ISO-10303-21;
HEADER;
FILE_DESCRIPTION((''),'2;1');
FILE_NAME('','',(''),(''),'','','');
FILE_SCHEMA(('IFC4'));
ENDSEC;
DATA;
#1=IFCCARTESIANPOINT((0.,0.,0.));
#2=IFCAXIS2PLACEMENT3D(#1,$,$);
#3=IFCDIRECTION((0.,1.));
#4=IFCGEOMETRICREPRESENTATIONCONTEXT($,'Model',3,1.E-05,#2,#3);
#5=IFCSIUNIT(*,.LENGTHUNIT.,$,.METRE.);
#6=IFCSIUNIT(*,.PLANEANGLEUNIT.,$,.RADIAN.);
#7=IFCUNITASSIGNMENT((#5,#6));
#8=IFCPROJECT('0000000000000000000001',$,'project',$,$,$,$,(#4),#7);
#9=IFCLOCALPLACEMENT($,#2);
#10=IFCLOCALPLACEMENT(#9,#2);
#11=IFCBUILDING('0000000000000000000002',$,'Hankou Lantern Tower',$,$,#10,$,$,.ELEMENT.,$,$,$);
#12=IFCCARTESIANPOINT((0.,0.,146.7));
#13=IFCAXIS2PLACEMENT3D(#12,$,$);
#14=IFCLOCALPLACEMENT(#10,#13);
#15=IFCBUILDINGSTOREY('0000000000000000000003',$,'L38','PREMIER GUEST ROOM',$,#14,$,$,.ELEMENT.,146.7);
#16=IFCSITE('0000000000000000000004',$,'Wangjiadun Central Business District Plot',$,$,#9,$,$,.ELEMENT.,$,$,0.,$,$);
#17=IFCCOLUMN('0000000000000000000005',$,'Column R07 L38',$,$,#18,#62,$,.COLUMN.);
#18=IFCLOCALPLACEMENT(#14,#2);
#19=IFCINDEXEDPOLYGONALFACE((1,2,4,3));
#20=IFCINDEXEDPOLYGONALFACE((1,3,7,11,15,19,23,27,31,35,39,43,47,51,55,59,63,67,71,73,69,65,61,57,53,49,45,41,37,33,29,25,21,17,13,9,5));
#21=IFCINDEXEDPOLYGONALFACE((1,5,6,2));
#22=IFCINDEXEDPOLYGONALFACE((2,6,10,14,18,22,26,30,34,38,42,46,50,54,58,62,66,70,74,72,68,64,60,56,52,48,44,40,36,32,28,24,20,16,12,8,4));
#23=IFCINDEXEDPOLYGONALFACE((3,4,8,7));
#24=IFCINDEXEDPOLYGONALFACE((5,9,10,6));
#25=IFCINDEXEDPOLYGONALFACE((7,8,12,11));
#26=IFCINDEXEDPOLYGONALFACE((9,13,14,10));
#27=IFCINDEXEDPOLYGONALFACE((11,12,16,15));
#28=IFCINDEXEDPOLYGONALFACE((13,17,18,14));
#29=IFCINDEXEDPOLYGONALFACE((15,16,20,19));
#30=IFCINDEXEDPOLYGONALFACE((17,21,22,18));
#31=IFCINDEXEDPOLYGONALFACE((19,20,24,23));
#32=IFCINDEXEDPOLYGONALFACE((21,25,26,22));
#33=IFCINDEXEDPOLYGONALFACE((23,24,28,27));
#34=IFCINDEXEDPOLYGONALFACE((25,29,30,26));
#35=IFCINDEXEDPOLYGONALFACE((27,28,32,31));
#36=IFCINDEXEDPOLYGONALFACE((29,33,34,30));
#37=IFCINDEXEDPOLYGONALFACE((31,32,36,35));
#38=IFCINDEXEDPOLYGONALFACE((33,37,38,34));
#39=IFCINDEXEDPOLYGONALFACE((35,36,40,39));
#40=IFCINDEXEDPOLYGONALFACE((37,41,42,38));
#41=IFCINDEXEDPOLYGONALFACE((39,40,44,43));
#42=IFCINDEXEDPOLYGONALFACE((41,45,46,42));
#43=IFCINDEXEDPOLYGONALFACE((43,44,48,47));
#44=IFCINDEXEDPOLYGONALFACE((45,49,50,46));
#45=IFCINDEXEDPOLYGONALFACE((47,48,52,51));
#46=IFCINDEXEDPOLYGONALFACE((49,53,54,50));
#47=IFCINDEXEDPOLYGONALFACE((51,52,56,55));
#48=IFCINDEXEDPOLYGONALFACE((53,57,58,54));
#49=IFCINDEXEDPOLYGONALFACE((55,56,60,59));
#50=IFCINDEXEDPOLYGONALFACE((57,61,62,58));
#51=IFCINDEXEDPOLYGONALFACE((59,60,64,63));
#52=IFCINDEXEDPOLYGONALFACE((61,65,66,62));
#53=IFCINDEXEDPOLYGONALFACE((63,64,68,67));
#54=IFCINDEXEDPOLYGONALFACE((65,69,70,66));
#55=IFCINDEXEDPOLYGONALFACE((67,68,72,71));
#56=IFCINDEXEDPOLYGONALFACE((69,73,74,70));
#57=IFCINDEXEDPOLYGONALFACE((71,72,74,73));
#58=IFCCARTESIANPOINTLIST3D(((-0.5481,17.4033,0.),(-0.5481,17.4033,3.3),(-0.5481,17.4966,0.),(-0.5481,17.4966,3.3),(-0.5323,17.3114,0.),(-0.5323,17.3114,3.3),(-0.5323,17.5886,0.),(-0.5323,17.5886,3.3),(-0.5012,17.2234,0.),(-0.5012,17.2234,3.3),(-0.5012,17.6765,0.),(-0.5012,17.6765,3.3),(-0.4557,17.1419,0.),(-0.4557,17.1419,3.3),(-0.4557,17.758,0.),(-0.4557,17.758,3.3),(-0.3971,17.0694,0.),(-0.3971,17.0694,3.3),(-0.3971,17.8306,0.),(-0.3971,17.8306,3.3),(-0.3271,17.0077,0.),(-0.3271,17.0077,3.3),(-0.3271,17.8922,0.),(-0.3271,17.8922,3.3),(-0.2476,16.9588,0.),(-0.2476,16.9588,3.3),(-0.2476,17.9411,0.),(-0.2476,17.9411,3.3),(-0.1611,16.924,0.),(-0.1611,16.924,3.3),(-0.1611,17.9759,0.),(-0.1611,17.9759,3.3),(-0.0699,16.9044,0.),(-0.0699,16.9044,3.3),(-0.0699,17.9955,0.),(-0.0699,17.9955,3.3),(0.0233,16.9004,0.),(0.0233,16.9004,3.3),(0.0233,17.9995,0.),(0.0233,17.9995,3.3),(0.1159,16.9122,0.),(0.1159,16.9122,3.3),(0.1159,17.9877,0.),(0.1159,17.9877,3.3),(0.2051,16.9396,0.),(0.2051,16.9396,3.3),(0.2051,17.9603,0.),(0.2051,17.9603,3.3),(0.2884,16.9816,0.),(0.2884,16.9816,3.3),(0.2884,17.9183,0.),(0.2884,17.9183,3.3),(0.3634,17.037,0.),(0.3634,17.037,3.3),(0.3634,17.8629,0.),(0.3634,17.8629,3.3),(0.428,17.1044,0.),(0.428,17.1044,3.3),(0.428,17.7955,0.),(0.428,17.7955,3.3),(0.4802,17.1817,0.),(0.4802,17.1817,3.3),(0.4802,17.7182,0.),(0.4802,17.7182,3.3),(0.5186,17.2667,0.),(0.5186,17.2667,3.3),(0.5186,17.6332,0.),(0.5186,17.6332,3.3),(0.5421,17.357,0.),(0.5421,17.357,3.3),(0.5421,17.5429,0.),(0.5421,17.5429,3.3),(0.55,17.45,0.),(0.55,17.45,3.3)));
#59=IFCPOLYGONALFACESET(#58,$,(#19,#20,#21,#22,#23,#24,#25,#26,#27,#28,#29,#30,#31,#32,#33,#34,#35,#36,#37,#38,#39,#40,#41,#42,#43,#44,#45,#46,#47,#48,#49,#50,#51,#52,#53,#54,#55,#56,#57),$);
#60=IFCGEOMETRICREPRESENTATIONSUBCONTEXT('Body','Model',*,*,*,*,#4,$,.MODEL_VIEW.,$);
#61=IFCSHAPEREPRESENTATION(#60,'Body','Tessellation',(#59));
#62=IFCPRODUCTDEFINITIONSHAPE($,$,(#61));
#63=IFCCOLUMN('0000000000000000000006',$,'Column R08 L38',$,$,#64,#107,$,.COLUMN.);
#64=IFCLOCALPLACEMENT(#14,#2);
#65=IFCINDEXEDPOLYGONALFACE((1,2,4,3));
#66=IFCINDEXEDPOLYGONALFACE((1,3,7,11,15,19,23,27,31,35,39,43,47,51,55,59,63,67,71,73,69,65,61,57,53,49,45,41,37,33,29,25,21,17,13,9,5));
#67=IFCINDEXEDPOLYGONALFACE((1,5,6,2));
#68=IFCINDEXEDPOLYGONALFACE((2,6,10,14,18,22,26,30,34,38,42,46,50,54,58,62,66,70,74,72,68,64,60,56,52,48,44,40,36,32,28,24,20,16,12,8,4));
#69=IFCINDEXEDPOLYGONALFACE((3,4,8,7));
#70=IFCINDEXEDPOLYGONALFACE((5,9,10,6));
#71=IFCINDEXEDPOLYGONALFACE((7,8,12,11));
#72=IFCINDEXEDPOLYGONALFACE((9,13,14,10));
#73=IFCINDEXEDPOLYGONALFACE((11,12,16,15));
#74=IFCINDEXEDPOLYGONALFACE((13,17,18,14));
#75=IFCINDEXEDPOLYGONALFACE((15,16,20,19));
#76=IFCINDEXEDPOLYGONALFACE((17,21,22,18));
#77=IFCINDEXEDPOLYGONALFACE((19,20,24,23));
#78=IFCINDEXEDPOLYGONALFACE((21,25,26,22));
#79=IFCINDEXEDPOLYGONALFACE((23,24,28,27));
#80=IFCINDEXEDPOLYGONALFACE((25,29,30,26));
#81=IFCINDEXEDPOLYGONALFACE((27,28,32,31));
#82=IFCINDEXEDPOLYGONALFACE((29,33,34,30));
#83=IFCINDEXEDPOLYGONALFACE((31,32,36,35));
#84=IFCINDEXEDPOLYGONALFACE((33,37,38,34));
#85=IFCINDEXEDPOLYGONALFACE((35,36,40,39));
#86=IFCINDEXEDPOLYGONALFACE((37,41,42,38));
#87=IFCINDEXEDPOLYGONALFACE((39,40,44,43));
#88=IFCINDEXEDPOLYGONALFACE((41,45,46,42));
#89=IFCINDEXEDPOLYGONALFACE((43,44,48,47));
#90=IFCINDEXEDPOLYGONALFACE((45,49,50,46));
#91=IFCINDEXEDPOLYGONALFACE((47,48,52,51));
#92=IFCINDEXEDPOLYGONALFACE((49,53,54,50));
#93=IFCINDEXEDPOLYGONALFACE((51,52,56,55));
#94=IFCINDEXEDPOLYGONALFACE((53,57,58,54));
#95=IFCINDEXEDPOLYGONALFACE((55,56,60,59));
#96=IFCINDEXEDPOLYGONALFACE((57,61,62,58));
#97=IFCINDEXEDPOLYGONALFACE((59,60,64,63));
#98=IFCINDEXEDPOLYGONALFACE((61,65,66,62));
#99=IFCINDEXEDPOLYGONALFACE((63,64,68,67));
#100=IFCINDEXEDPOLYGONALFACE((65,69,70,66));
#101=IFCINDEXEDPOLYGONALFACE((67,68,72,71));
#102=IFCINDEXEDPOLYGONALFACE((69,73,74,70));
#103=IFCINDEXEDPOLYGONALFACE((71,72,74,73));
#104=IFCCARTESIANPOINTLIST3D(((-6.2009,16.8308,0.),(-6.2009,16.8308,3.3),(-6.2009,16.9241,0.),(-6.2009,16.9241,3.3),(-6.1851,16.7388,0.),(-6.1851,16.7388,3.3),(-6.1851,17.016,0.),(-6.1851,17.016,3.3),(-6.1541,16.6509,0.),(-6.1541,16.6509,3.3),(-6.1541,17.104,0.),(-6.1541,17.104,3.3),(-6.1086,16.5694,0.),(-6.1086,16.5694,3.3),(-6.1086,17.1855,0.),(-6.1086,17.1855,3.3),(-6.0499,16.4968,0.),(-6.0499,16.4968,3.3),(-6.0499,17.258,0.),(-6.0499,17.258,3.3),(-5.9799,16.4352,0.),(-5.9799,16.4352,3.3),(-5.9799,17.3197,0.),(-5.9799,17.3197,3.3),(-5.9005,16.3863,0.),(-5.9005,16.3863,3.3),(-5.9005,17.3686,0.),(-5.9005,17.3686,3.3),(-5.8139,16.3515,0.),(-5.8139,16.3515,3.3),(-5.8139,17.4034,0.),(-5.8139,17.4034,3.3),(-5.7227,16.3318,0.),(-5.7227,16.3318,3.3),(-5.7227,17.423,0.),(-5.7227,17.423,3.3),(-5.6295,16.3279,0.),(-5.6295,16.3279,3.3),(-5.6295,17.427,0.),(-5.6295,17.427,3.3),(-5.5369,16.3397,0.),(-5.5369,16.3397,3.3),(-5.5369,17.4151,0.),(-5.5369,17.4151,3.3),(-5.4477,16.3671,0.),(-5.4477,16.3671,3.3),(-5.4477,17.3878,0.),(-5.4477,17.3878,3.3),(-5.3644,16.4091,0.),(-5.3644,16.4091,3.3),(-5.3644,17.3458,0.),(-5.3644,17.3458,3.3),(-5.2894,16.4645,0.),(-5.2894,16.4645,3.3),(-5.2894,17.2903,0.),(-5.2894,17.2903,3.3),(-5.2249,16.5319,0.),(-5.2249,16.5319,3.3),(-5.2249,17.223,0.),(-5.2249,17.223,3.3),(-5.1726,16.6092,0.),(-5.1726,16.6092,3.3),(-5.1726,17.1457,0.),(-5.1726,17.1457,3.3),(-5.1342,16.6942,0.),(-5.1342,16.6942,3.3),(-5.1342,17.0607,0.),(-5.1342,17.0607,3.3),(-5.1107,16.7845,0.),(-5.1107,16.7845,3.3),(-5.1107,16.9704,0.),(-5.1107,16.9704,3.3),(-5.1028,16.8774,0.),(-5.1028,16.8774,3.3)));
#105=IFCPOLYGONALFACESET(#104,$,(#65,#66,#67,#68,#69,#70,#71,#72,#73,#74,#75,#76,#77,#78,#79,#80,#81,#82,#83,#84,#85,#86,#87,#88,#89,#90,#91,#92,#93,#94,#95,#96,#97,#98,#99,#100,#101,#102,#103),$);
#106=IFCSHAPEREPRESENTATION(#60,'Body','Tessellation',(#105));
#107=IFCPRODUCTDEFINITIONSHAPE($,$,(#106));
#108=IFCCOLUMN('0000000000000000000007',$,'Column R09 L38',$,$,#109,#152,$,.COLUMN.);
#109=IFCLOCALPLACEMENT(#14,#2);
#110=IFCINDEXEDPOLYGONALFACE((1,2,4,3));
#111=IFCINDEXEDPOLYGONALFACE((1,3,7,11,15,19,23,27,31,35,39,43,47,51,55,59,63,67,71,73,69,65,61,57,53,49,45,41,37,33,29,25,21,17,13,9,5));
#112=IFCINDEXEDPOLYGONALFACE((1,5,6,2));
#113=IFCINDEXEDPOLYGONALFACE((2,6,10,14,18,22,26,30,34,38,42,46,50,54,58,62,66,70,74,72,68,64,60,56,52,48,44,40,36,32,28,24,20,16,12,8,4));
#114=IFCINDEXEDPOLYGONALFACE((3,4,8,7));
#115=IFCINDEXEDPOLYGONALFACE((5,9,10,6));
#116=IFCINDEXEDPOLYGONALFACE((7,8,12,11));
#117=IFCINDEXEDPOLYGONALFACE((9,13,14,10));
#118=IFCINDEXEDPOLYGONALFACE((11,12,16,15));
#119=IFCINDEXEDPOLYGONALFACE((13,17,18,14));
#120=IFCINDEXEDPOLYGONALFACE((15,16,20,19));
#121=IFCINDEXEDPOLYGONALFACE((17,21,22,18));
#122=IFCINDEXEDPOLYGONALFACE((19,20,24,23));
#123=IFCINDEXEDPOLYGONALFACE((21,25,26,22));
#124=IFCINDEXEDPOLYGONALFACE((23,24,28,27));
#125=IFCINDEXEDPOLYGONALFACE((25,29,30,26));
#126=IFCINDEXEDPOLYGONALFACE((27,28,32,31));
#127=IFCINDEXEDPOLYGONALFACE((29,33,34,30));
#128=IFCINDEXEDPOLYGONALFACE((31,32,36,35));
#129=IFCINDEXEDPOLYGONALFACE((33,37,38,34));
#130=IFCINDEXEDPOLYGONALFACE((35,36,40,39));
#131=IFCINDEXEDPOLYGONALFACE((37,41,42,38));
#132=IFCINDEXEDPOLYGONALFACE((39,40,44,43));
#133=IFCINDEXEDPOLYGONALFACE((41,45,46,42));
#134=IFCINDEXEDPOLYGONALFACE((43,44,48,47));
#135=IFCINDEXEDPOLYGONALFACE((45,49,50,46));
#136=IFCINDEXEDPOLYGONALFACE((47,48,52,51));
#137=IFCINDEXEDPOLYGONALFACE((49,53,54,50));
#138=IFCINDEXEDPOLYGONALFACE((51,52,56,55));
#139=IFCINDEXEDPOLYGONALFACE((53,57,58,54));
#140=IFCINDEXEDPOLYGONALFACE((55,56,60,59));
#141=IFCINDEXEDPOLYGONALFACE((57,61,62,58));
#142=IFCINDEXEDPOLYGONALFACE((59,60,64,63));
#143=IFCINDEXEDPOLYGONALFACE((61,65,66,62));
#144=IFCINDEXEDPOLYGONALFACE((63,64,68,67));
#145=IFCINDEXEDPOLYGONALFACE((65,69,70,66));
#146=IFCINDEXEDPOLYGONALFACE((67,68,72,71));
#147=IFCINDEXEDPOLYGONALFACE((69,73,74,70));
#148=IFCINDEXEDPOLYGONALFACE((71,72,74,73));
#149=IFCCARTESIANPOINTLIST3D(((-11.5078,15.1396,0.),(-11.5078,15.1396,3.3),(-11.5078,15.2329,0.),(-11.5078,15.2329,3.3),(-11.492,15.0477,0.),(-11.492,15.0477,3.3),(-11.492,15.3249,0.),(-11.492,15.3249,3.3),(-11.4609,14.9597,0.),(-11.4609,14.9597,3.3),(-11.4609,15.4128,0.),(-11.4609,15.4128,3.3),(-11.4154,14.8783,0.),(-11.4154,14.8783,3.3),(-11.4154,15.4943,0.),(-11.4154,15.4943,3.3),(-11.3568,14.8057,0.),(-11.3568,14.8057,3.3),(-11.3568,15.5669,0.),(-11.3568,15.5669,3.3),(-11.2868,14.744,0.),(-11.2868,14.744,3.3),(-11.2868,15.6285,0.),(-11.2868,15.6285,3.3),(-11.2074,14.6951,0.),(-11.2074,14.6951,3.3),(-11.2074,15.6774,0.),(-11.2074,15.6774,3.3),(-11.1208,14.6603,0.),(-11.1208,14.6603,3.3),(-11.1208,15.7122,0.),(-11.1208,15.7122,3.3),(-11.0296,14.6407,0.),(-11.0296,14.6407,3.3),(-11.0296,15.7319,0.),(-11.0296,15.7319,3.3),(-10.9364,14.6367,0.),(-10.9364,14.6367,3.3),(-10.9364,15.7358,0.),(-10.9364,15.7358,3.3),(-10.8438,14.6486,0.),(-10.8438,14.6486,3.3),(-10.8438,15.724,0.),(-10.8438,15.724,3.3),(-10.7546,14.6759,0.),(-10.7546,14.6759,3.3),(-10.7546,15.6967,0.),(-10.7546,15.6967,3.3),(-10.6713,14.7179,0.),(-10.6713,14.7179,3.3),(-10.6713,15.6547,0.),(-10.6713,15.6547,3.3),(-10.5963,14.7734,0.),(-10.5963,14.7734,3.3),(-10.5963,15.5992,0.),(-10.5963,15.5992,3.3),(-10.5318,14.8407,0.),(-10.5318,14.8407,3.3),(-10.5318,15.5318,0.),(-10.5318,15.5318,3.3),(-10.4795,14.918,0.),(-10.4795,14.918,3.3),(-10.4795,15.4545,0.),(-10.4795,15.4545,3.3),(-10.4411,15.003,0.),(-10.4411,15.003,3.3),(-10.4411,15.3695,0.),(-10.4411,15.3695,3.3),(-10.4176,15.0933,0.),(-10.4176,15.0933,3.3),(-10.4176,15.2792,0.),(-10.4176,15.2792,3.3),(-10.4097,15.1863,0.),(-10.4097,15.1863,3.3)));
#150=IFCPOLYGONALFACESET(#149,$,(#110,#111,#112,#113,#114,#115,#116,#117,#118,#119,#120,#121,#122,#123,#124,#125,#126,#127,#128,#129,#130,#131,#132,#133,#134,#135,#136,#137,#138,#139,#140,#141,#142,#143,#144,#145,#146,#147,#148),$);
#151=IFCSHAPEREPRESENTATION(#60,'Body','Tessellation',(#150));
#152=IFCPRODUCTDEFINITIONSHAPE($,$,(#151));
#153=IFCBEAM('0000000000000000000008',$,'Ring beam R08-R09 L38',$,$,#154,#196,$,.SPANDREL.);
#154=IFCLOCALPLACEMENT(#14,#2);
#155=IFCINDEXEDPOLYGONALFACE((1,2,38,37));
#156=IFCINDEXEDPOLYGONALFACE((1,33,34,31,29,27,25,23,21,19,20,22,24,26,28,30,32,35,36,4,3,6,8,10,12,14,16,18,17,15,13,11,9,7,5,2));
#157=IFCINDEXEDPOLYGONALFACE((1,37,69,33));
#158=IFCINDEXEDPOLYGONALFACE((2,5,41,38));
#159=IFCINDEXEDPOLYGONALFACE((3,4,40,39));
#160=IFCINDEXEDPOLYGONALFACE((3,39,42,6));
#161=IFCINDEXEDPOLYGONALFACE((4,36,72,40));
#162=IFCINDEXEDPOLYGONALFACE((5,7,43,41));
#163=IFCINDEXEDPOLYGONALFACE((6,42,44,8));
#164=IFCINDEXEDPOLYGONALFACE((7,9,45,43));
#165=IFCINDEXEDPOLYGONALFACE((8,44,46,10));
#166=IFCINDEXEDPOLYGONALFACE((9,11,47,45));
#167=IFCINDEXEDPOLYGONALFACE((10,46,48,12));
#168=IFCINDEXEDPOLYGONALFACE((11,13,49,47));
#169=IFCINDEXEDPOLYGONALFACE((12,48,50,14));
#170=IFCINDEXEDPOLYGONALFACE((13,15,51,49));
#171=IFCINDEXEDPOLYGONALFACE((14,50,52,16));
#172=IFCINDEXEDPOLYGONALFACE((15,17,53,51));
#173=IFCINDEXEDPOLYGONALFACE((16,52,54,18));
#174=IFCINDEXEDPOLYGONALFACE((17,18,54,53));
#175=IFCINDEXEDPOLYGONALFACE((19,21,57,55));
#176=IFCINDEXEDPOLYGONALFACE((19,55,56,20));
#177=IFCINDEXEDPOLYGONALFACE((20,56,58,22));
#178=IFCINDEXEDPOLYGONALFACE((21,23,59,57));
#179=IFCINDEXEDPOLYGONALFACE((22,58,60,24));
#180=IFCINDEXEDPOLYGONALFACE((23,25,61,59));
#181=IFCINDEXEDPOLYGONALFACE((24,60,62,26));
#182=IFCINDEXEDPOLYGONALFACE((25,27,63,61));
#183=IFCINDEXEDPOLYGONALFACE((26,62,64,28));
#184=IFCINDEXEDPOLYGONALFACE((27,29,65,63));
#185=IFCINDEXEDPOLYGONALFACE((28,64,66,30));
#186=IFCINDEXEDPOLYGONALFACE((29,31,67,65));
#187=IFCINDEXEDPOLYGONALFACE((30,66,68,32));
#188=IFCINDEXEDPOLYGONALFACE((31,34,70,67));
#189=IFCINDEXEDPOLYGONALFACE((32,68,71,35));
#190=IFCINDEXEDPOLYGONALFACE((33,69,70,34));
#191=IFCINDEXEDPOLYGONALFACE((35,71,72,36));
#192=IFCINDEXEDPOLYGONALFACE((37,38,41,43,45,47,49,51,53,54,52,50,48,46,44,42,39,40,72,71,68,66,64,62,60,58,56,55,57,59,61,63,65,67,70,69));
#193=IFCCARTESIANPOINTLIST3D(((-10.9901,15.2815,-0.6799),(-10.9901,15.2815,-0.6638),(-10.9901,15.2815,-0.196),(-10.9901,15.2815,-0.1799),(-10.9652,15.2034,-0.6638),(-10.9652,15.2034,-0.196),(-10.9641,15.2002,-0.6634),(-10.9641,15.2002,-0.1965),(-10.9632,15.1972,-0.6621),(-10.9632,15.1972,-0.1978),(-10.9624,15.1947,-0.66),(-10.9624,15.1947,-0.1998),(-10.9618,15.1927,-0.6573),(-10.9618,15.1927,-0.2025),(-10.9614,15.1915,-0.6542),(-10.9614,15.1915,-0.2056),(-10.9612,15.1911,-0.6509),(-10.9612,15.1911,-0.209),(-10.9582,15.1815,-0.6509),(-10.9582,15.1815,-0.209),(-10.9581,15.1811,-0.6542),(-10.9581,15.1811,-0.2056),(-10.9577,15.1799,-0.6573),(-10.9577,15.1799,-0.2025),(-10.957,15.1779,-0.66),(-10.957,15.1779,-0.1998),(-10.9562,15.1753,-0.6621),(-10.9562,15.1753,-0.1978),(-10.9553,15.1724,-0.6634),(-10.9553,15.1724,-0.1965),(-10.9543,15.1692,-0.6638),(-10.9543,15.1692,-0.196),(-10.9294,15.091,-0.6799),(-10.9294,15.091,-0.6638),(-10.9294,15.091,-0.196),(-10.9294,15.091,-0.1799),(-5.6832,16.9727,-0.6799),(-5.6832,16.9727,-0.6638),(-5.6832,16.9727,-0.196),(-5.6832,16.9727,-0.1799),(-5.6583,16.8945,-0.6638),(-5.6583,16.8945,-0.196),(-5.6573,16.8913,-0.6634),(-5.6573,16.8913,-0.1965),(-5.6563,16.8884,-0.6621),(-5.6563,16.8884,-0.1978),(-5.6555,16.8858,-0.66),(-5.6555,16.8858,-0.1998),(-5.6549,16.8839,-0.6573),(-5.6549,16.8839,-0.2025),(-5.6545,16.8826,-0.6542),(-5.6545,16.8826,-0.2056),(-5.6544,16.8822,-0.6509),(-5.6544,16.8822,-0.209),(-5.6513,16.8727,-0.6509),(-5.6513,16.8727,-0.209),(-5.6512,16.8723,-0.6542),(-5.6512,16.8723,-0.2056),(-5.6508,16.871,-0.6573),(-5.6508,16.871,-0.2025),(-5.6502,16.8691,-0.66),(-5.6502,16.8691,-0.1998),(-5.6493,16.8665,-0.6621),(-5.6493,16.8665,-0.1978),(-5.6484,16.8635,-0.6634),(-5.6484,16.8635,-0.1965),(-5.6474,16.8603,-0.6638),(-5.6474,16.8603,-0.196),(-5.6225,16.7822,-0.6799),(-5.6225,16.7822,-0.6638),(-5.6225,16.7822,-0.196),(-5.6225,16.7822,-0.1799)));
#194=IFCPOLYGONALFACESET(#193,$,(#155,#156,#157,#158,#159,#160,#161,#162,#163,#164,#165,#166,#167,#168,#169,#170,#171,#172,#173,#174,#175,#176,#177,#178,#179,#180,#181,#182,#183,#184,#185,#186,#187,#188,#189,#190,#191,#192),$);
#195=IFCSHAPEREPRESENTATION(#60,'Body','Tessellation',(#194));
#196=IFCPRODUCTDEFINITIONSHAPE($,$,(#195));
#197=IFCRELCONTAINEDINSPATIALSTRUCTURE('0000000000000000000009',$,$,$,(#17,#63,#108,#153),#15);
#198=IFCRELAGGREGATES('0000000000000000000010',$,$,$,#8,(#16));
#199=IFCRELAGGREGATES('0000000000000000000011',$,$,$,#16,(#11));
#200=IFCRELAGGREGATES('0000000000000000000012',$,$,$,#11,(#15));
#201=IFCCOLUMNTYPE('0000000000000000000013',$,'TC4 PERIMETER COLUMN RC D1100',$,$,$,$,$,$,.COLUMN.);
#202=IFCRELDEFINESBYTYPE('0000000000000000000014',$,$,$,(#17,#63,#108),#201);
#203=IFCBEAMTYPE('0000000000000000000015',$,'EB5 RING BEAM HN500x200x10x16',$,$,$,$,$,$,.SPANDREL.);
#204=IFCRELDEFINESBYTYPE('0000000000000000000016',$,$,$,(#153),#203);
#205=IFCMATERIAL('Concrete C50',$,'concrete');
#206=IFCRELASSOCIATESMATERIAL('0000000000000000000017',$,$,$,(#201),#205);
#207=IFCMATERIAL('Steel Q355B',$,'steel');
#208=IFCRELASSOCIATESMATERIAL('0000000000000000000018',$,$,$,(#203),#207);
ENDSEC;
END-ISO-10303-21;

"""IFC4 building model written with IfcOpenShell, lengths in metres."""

from ifc_helpers import new_model, si_unit, direction, frame, origin, origin_2d, place, context, subcontext, project, spatial, circle, i_section, extrude, material, material_profile, profile_set, type_object, element, save


model = new_model("IFC4")

# Units and contexts
model_context = context("Model", 3, precision=1e-05, world=origin(), true_north=direction((0.0, 1.0)))
body_context = subcontext(model_context, "Body", "Model", "MODEL_VIEW")
ifc_project = project(units=[si_unit("LENGTHUNIT", "METRE"), si_unit("PLANEANGLEUNIT", "RADIAN")], contexts=[model_context])

# Site, building, storey
site_placement = place(None, origin())
site = spatial("IfcSite", under=ifc_project, at=site_placement, Name="Wangjiadun Central Business District Plot", CompositionType="ELEMENT", RefElevation=0.0)
building_placement = place(site_placement, origin())
building = spatial("IfcBuilding", under=site, at=building_placement, Name="Hankou Lantern Tower", CompositionType="ELEMENT")
storey_placement = place(building_placement, frame((0.0, 0.0, 146.7)))
storey = spatial("IfcBuildingStorey", under=building, at=storey_placement, Name="L38", Description="PREMIER GUEST ROOM", CompositionType="ELEMENT", Elevation=146.7)

# Columns
ifc_material_1 = material(Name="Concrete C50", Category="concrete")
ifc_material_profile_1 = material_profile(ifc_material_1, circle(Radius=0.55, at=origin_2d()), Name="RC D1100")
ifc_profile_set_1 = profile_set([ifc_material_profile_1], Name="Concrete C50")
column_type = type_object("IfcColumnType", Name="TC4 PERIMETER COLUMN RC D1100", PredefinedType="COLUMN", material=ifc_profile_set_1)
for number, where, z_axis, x_axis, name in (
    (1, (0.0, 17.45, 0.0), (0.0, 0.0, 1.0), (1.0, 0.0, 0.0), "Column R07 L38"),
    (2, (-5.6528, 16.8774, 0.0), (0.0, 0.0, 1.0), (1.0, 0.0, 0.0), "Column R08 L38"),
    (3, (-10.9597, 15.1863, 0.0), (0.0, 0.0, 1.0), (1.0, 0.0, 0.0), "Column R09 L38"),
):
    element("IfcColumn", number, at=place(storey_placement, frame(where, z_axis=z_axis, x_axis=x_axis)), inside=storey, type_object=column_type, Name=name, PredefinedType="COLUMN", context=body_context, shape_type="SweptSolid", body=[
        extrude(circle(Radius=0.55, at=origin_2d()), origin(), (0.0, 0.0, 1.0), 3.3),
    ])

# Beam
ifc_material_2 = material(Name="Steel Q355B", Category="steel")
ifc_material_profile_2 = material_profile(ifc_material_2, i_section(OverallWidth=0.2, OverallDepth=0.5, WebThickness=0.01, FlangeThickness=0.0161, FilletRadius=0.0129, at=origin_2d()), Name="HN500x200x10x16")
ifc_profile_set_2 = profile_set([ifc_material_profile_2], Name="Steel Q355B")
beam_type_1 = type_object("IfcBeamType", Name="EB5 RING BEAM HN500x200x10x16", PredefinedType="SPANDREL", material=ifc_profile_set_2)
beam_1_placement = place(storey_placement, frame((-5.6528, 16.8774, -0.4299), z_axis=(-0.95279, -0.303629, 0.0), x_axis=(0.303629, -0.95279, 0.0)))
element("IfcBeam", 4, at=beam_1_placement, inside=storey, type_object=beam_type_1, Name="Ring beam R08-R09 L38", PredefinedType="SPANDREL", context=body_context, shape_type="SweptSolid", body=[
    extrude(i_section(OverallWidth=0.2, OverallDepth=0.5, WebThickness=0.01, FlangeThickness=0.0161, FilletRadius=0.0129, at=origin_2d()), origin(), (0.0, 0.0, 1.0), 5.5698),
])

save(model, "model.ifc")
